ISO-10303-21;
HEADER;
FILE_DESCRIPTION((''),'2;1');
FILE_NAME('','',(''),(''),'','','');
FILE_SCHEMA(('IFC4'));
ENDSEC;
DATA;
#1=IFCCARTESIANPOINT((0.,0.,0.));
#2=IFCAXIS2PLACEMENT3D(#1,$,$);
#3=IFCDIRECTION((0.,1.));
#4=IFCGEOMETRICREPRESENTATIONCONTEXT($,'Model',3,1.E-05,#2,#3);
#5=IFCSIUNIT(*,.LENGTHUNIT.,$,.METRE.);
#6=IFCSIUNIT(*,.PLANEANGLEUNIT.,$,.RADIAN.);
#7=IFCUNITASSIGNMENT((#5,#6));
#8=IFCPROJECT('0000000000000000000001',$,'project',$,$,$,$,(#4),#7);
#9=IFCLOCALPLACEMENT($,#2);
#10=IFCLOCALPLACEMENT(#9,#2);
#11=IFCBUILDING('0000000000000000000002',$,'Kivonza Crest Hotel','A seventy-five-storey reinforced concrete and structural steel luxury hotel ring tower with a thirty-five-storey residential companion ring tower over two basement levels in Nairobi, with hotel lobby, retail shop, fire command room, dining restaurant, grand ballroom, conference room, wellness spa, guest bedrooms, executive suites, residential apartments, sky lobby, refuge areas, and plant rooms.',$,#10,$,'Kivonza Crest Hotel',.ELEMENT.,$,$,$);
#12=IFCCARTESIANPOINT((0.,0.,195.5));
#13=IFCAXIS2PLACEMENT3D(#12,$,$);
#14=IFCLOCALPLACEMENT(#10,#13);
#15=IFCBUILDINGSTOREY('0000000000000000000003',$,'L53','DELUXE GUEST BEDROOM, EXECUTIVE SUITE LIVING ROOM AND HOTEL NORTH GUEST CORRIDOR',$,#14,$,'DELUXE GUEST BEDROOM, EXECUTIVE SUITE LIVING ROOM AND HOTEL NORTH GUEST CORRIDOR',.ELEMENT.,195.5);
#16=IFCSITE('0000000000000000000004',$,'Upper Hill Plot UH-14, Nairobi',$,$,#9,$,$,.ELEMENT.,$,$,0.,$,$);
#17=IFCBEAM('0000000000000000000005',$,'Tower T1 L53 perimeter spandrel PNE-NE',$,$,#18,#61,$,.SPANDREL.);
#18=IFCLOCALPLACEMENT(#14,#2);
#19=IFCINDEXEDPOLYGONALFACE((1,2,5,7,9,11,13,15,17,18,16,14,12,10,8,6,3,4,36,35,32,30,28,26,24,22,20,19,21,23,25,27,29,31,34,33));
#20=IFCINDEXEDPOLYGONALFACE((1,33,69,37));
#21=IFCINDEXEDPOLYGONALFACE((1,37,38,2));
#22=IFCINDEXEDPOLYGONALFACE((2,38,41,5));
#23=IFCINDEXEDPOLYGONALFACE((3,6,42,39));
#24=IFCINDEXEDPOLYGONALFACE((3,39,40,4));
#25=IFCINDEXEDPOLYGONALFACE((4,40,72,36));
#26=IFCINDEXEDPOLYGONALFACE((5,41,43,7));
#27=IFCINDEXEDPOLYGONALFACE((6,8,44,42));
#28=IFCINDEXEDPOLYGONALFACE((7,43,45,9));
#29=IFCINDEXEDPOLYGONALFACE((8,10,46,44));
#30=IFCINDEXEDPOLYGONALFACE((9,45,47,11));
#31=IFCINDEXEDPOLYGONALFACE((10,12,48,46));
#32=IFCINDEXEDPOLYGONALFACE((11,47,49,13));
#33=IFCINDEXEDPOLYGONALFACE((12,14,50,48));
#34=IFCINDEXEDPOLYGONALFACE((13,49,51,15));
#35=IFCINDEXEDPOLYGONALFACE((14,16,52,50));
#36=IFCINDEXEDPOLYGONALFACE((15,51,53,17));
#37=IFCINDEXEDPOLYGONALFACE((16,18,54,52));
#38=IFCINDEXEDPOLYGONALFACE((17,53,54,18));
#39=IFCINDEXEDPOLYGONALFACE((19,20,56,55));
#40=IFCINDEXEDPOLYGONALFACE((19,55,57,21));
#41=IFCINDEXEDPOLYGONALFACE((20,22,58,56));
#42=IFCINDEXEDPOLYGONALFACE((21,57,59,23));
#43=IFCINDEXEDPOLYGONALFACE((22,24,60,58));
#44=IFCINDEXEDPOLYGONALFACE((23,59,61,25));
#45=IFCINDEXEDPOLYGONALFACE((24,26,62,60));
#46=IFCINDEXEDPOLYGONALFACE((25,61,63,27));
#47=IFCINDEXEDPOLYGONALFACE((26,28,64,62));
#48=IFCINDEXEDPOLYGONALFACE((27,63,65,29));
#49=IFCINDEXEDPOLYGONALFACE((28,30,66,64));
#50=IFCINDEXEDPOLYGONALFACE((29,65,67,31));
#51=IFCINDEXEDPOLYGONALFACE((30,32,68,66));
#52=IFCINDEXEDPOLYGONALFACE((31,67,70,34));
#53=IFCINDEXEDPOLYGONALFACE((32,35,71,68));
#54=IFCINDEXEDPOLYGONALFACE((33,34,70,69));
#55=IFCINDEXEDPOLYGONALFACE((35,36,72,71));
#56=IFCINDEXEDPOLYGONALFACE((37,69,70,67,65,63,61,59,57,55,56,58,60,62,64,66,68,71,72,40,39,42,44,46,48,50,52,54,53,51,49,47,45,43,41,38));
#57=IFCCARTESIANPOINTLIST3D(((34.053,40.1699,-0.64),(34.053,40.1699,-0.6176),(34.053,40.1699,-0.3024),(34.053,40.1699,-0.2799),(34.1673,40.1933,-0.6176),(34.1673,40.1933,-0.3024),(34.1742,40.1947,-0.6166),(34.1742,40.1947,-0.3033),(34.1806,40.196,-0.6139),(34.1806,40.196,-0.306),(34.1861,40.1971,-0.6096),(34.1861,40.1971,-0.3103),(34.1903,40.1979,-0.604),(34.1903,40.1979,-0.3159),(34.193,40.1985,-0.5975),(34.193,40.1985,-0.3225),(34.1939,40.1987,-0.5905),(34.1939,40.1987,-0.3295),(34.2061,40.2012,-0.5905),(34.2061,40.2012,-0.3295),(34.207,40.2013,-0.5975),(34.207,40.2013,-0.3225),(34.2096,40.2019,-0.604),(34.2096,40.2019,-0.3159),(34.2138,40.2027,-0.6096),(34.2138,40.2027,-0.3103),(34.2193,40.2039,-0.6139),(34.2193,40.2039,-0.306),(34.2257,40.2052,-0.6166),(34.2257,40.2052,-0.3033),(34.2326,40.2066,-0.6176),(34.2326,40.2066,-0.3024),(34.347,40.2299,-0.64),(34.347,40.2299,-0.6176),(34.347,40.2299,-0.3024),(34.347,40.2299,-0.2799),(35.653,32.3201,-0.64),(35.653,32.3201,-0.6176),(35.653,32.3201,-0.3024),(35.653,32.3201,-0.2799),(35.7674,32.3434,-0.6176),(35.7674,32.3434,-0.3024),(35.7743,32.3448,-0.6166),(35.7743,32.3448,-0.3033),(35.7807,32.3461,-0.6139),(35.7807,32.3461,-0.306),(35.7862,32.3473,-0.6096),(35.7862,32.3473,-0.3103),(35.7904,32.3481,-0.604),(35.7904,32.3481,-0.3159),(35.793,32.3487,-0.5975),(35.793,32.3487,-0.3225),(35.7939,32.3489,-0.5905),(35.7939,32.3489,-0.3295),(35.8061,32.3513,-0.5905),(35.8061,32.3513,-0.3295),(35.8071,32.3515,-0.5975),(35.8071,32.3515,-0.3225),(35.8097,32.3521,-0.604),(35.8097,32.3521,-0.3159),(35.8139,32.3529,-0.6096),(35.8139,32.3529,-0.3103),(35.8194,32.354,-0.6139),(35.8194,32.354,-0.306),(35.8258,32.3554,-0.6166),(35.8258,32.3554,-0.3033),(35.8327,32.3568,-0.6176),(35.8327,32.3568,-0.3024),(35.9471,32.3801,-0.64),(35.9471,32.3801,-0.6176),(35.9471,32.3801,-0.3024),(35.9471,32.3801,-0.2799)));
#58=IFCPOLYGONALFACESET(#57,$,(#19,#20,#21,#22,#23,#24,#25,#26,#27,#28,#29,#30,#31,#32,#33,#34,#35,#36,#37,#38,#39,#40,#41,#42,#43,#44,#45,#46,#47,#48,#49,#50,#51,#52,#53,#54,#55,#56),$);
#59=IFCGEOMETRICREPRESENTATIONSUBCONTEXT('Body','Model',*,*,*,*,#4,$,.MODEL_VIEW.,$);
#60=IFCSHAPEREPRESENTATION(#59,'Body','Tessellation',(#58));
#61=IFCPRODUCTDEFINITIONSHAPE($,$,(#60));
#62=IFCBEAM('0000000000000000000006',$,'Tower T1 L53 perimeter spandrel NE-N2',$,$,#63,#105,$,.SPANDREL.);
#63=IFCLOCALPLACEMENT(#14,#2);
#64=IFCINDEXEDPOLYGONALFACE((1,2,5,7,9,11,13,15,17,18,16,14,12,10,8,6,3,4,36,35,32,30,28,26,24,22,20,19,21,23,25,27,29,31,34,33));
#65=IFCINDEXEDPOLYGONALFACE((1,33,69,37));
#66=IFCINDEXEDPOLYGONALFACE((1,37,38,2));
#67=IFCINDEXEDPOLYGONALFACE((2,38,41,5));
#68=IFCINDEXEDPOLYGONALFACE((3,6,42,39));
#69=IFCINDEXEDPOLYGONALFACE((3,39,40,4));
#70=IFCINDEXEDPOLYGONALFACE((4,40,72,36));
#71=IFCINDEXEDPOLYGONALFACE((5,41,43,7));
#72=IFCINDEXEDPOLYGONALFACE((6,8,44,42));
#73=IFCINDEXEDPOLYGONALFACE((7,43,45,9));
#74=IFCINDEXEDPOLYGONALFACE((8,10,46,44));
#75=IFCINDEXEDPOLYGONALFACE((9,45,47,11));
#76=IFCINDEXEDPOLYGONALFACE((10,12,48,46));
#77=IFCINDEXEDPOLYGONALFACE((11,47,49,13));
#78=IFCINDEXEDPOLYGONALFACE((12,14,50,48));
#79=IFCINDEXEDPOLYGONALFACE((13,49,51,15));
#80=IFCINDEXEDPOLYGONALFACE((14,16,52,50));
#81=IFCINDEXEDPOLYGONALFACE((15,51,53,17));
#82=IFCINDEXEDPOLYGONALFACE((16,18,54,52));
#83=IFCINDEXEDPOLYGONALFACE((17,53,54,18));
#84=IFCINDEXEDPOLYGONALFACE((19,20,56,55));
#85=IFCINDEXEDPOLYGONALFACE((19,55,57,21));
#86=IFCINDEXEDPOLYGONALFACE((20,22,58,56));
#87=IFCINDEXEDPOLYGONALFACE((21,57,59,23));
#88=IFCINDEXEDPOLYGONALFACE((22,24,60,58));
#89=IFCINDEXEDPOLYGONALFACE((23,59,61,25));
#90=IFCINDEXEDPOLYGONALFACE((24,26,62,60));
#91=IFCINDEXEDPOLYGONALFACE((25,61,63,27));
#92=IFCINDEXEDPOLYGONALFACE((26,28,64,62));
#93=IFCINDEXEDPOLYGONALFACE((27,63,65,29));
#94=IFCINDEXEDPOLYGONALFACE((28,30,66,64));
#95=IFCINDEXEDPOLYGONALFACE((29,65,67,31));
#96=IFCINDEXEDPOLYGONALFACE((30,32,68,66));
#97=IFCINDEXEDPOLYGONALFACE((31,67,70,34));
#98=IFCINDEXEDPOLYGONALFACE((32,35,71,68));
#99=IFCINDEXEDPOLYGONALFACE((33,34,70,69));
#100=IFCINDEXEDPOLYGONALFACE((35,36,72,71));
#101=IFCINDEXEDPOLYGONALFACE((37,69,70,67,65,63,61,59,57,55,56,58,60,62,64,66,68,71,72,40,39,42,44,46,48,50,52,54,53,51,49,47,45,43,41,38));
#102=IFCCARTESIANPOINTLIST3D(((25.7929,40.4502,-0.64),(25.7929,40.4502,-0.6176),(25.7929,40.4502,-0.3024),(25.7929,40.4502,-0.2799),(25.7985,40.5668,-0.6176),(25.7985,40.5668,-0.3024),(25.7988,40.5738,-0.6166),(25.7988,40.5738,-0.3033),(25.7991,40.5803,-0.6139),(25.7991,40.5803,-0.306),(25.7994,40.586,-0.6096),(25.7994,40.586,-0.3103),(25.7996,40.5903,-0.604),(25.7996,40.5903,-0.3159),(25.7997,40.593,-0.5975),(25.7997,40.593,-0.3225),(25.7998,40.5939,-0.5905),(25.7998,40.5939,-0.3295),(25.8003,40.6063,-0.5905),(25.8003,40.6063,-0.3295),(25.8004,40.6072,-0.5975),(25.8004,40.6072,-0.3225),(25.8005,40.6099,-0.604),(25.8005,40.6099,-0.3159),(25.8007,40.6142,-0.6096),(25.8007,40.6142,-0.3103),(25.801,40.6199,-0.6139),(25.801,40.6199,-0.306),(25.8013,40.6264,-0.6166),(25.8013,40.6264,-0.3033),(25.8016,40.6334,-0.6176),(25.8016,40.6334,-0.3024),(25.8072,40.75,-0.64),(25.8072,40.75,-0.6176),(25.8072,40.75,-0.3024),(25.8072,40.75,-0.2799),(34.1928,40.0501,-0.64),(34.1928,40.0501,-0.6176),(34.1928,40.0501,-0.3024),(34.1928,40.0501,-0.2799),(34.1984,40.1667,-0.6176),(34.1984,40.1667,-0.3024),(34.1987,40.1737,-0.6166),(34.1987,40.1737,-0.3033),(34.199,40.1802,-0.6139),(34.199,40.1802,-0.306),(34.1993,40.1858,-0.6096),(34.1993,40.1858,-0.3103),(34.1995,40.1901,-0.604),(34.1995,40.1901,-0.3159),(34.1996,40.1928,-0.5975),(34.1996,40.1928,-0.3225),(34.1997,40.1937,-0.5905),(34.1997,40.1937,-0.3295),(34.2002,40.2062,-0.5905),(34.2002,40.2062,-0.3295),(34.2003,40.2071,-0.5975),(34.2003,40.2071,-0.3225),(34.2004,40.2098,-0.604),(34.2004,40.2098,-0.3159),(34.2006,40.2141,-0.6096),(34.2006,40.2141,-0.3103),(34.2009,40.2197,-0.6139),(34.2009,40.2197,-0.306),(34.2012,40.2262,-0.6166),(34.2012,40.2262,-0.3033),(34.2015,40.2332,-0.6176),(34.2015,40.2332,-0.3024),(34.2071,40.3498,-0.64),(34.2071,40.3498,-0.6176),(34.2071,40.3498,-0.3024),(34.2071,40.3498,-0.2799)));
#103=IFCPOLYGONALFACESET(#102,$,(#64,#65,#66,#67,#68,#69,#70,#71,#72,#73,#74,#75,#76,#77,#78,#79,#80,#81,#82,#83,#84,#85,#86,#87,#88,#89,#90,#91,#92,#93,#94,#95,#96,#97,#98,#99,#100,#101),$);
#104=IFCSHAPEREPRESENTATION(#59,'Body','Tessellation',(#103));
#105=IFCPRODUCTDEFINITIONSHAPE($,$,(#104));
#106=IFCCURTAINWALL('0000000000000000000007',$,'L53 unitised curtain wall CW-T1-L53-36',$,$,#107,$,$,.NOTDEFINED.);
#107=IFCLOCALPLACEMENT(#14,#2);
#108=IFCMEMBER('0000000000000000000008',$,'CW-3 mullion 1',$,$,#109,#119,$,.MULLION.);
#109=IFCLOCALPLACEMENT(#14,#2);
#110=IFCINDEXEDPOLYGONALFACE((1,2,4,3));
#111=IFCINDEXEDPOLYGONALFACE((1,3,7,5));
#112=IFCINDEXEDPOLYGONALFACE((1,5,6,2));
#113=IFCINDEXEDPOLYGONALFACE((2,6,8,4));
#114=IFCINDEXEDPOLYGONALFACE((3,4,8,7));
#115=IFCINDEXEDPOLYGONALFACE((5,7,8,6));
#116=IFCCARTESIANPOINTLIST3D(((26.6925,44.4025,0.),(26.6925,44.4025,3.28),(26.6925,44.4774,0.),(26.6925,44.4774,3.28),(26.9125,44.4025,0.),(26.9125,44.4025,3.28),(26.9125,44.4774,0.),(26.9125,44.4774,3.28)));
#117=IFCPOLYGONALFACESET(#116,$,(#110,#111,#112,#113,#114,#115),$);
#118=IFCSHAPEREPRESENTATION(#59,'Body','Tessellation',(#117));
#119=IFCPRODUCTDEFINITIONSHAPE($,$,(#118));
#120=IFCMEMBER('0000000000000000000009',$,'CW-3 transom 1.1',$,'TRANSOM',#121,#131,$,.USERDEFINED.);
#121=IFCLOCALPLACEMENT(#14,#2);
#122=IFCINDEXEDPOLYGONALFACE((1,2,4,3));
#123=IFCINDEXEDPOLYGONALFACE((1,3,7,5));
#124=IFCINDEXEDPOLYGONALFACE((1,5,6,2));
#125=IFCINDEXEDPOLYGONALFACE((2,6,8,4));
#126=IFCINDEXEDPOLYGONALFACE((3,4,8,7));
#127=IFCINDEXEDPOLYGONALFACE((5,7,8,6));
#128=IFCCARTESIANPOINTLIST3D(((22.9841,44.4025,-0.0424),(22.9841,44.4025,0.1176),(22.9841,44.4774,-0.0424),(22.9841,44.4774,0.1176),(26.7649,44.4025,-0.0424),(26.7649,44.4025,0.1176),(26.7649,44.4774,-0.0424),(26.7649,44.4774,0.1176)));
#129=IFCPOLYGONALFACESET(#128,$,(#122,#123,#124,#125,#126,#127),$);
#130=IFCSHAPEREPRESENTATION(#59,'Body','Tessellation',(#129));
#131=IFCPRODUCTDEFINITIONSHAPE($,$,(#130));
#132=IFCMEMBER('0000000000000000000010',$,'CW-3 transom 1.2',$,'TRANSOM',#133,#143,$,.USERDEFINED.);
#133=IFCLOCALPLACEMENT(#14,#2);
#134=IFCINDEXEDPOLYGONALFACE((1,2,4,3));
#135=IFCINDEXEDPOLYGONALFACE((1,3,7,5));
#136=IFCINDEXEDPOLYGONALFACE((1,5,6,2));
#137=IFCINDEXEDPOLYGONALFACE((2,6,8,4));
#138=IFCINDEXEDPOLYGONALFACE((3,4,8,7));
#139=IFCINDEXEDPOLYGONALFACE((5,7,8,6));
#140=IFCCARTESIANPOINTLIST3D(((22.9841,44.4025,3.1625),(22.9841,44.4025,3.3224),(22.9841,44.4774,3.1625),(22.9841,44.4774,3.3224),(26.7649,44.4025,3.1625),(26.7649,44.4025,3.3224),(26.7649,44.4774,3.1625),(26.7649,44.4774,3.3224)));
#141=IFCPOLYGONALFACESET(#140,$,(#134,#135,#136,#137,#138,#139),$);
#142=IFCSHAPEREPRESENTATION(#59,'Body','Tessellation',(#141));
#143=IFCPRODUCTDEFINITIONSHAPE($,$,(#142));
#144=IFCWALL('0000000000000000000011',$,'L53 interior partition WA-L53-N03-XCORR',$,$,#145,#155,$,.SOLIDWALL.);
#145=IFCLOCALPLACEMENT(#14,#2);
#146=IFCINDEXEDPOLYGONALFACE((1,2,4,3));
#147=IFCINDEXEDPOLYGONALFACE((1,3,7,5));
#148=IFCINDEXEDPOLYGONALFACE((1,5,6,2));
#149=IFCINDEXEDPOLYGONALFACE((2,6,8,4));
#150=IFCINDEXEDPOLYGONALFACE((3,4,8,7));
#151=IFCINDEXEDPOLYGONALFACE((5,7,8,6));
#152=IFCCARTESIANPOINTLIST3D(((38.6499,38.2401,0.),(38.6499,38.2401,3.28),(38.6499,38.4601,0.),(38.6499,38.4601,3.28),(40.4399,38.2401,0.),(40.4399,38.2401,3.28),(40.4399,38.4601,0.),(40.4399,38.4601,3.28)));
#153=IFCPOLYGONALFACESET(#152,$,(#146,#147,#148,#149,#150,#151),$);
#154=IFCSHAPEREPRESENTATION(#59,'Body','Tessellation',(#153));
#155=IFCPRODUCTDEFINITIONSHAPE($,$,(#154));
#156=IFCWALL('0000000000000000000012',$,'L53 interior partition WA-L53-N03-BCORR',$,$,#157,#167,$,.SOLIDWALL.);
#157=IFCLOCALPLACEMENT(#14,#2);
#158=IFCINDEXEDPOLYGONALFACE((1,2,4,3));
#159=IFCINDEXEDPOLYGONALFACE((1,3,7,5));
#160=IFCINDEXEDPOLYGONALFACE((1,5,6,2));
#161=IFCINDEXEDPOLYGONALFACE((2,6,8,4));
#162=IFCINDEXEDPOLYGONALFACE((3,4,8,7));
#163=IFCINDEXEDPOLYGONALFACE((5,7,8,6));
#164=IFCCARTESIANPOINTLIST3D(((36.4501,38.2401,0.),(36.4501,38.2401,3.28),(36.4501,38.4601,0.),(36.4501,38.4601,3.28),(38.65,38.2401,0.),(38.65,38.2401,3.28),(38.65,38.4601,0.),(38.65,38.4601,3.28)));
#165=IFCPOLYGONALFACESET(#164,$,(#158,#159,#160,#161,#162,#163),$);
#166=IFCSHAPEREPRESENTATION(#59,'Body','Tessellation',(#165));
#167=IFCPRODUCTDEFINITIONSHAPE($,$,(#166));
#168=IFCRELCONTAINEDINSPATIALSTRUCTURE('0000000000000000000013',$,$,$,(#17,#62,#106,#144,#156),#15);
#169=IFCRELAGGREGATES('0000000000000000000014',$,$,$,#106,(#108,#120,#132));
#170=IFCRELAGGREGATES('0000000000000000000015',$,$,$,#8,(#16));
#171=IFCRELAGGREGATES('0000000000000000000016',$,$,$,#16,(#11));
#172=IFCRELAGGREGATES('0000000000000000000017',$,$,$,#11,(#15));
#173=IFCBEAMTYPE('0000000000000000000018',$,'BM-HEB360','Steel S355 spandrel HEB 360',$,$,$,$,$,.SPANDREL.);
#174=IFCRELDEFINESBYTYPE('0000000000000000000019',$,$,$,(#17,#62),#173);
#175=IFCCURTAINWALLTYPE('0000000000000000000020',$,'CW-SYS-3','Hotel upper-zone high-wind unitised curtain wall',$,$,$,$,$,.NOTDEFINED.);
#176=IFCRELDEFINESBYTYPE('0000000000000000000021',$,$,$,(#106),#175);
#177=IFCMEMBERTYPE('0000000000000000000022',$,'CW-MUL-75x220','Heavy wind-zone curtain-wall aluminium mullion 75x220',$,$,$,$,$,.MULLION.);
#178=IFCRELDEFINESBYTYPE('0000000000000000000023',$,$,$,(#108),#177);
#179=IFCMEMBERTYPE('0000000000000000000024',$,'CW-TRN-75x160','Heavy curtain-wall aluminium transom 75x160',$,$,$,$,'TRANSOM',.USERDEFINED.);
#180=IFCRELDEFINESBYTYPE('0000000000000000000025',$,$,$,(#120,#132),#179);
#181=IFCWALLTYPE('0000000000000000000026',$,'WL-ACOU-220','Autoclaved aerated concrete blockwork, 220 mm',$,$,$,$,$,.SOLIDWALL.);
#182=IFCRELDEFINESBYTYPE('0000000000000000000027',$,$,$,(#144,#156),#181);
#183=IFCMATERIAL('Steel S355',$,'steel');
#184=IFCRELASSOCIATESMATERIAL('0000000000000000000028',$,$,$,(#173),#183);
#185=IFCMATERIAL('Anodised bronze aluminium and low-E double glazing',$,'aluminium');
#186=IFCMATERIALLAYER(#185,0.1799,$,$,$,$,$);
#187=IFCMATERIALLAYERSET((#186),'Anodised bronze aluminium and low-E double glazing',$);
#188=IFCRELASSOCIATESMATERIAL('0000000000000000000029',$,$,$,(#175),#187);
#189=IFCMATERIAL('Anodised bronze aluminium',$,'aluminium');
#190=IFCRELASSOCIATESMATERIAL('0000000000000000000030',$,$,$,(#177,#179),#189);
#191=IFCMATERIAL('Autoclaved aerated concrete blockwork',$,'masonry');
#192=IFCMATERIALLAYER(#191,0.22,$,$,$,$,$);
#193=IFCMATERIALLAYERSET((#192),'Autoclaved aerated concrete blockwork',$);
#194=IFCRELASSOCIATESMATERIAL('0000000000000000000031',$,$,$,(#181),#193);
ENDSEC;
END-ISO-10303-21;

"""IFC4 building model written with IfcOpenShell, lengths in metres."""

from ifc_helpers import new_model, si_unit, direction, frame, frame_2d, origin, origin_2d, place, context, subcontext, project, spatial, rectangle, i_section, extrude, material, layer, layer_set, material_profile, profile_set, type_object, element, aggregate, save


model = new_model("IFC4")

# Units and contexts
model_context = context("Model", 3, precision=1e-05, world=origin(), true_north=direction((0.0, 1.0)))
body_context = subcontext(model_context, "Body", "Model", "MODEL_VIEW")
ifc_project = project(units=[si_unit("LENGTHUNIT", "METRE"), si_unit("PLANEANGLEUNIT", "RADIAN")], contexts=[model_context])

# Site, building, storey
site_placement = place(None, origin())
site = spatial("IfcSite", under=ifc_project, at=site_placement, Name="Upper Hill Plot UH-14, Nairobi", CompositionType="ELEMENT", RefElevation=0.0)
building_placement = place(site_placement, origin())
building = spatial("IfcBuilding", under=site, at=building_placement, Name="Kivonza Crest Hotel", Description="A seventy-five-storey reinforced concrete and structural steel luxury hotel ring tower with a thirty-five-storey residential companion ring tower over two basement levels in Nairobi, with hotel lobby, retail shop, fire command room, dining restaurant, grand ballroom, conference room, wellness spa, guest bedrooms, executive suites, residential apartments, sky lobby, refuge areas, and plant rooms.", LongName="Kivonza Crest Hotel", CompositionType="ELEMENT")
storey_placement = place(building_placement, frame((0.0, 0.0, 195.5)))
storey = spatial("IfcBuildingStorey", under=building, at=storey_placement, Name="L53", Description="DELUXE GUEST BEDROOM, EXECUTIVE SUITE LIVING ROOM AND HOTEL NORTH GUEST CORRIDOR", LongName="DELUXE GUEST BEDROOM, EXECUTIVE SUITE LIVING ROOM AND HOTEL NORTH GUEST CORRIDOR", CompositionType="ELEMENT", Elevation=195.5)

# Beams
ifc_material_1 = material(Name="Steel S355", Category="steel")
ifc_material_profile_1 = material_profile(ifc_material_1, i_section(OverallWidth=0.3, OverallDepth=0.3601, WebThickness=0.0125, FlangeThickness=0.0225, FilletRadius=0.0271, at=origin_2d()), Name="HEB 360")
ifc_profile_set_1 = profile_set([ifc_material_profile_1], Name="Steel S355")
beam_type_1 = type_object("IfcBeamType", Name="BM-HEB360", Description="Steel S355 spandrel HEB 360", PredefinedType="SPANDREL", material=ifc_profile_set_1)
beam_1_placement = place(storey_placement, frame((35.8, 32.3501, -0.46), z_axis=(-0.199731, 0.979851, 0.0), x_axis=(-0.979851, -0.199731, 0.0)))
element("IfcBeam", 1, at=beam_1_placement, inside=storey, type_object=beam_type_1, Name="Tower T1 L53 perimeter spandrel PNE-NE", PredefinedType="SPANDREL", context=body_context, shape_type="SweptSolid", body=[
    extrude(i_section(OverallWidth=0.3, OverallDepth=0.3601, WebThickness=0.0125, FlangeThickness=0.0225, FilletRadius=0.0271, at=origin_2d()), origin(), (0.0, 0.0, 1.0), 8.0112),
])
beam_2_placement = place(storey_placement, frame((34.2, 40.2, -0.46), z_axis=(-0.998867, 0.047583, 0.0), x_axis=(-0.047583, -0.998867, 0.0)))
element("IfcBeam", 2, at=beam_2_placement, inside=storey, type_object=beam_type_1, Name="Tower T1 L53 perimeter spandrel NE-N2", PredefinedType="SPANDREL", context=body_context, shape_type="SweptSolid", body=[
    extrude(i_section(OverallWidth=0.3, OverallDepth=0.3601, WebThickness=0.0125, FlangeThickness=0.0225, FilletRadius=0.0271, at=origin_2d()), origin(), (0.0, 0.0, 1.0), 8.4094),
])

# Curtain wall, members
ifc_material_2 = material(Name="Anodised bronze aluminium and low-E double glazing", Category="aluminium")
ifc_layer_1 = layer(ifc_material_2, 0.1799)
ifc_layer_set_1 = layer_set([ifc_layer_1], Name="Anodised bronze aluminium and low-E double glazing")
curtain_wall_type = type_object("IfcCurtainWallType", Name="CW-SYS-3", Description="Hotel upper-zone high-wind unitised curtain wall", PredefinedType="NOTDEFINED", material=ifc_layer_set_1)
curtain_wall_placement = place(storey_placement, origin())
curtain_wall = element("IfcCurtainWall", 3, at=curtain_wall_placement, inside=storey, type_object=curtain_wall_type, Name="L53 unitised curtain wall CW-T1-L53-36", PredefinedType="NOTDEFINED")
ifc_material_3 = material(Name="Anodised bronze aluminium", Category="aluminium")
ifc_material_profile_2 = material_profile(ifc_material_3, rectangle(XDim=0.075, YDim=0.22, at=origin_2d()), Name="CW-M 75x220")
ifc_profile_set_2 = profile_set([ifc_material_profile_2], Name="Anodised bronze aluminium")
member_type_1 = type_object("IfcMemberType", Name="CW-MUL-75x220", Description="Heavy wind-zone curtain-wall aluminium mullion 75x220", PredefinedType="MULLION", material=ifc_profile_set_2)
member_1_placement = place(storey_placement, frame((26.8025, 44.4399, 0.0), z_axis=(0.0, 0.0, 1.0), x_axis=(0.0, -1.0, 0.0)))
member_1 = element("IfcMember", 4, at=member_1_placement, type_object=member_type_1, Name="CW-3 mullion 1", PredefinedType="MULLION", context=body_context, shape_type="SweptSolid", body=[
    extrude(rectangle(XDim=0.075, YDim=0.22, at=origin_2d()), origin(), (0.0, 0.0, 1.0), 3.28),
])
ifc_material_profile_3 = material_profile(ifc_material_3, rectangle(XDim=0.075, YDim=0.1599, at=origin_2d()), Name="CW-T 75x160")
ifc_profile_set_3 = profile_set([ifc_material_profile_3], Name="Anodised bronze aluminium")
member_type_2 = type_object("IfcMemberType", Name="CW-TRN-75x160", Description="Heavy curtain-wall aluminium transom 75x160", ElementType="TRANSOM", PredefinedType="USERDEFINED", material=ifc_profile_set_3)
member_2_placement = place(storey_placement, frame((26.7649, 44.4399, 0.0376), z_axis=(-1.0, 0.0, 0.0), x_axis=(0.0, -1.0, 0.0)))
member_2 = element("IfcMember", 5, at=member_2_placement, type_object=member_type_2, Name="CW-3 transom 1.1", ObjectType="TRANSOM", PredefinedType="USERDEFINED", context=body_context, shape_type="SweptSolid", body=[
    extrude(rectangle(XDim=0.075, YDim=0.1599, at=origin_2d()), origin(), (0.0, 0.0, 1.0), 3.7808),
])
member_3_placement = place(storey_placement, frame((26.7649, 44.4399, 3.2424), z_axis=(-1.0, 0.0, 0.0), x_axis=(0.0, -1.0, 0.0)))
member_3 = element("IfcMember", 6, at=member_3_placement, type_object=member_type_2, Name="CW-3 transom 1.2", ObjectType="TRANSOM", PredefinedType="USERDEFINED", context=body_context, shape_type="SweptSolid", body=[
    extrude(rectangle(XDim=0.075, YDim=0.1599, at=origin_2d()), origin(), (0.0, 0.0, 1.0), 3.7808),
])
aggregate(curtain_wall, [member_1, member_2, member_3])

# Walls
ifc_material_4 = material(Name="Autoclaved aerated concrete blockwork", Category="masonry")
ifc_layer_2 = layer(ifc_material_4, 0.22)
ifc_layer_set_2 = layer_set([ifc_layer_2], Name="Autoclaved aerated concrete blockwork")
wall_type_1 = type_object("IfcWallType", Name="WL-ACOU-220", Description="Autoclaved aerated concrete blockwork, 220 mm", PredefinedType="SOLIDWALL", material=ifc_layer_set_2)
wall_1_placement = place(storey_placement, frame((38.6499, 38.3501, 0.0), z_axis=(0.0, 0.0, 1.0), x_axis=(1.0, 0.0, 0.0)))
element("IfcWall", 7, at=wall_1_placement, inside=storey, type_object=wall_type_1, Name="L53 interior partition WA-L53-N03-XCORR", PredefinedType="SOLIDWALL", context=body_context, shape_type="SweptSolid", body=[
    extrude(rectangle(XDim=1.79, YDim=0.22, at=frame_2d((0.895, 0.0))), origin(), (0.0, 0.0, 1.0), 3.28),
])
wall_2_placement = place(storey_placement, frame((36.45, 38.3501, 0.0), z_axis=(0.0, 0.0, 1.0), x_axis=(1.0, 0.0, 0.0)))
element("IfcWall", 8, at=wall_2_placement, inside=storey, type_object=wall_type_1, Name="L53 interior partition WA-L53-N03-BCORR", PredefinedType="SOLIDWALL", context=body_context, shape_type="SweptSolid", body=[
    extrude(rectangle(XDim=2.2, YDim=0.22, at=frame_2d((1.1001, 0.0))), origin(), (0.0, 0.0, 1.0), 3.28),
])

save(model, "model.ifc")
